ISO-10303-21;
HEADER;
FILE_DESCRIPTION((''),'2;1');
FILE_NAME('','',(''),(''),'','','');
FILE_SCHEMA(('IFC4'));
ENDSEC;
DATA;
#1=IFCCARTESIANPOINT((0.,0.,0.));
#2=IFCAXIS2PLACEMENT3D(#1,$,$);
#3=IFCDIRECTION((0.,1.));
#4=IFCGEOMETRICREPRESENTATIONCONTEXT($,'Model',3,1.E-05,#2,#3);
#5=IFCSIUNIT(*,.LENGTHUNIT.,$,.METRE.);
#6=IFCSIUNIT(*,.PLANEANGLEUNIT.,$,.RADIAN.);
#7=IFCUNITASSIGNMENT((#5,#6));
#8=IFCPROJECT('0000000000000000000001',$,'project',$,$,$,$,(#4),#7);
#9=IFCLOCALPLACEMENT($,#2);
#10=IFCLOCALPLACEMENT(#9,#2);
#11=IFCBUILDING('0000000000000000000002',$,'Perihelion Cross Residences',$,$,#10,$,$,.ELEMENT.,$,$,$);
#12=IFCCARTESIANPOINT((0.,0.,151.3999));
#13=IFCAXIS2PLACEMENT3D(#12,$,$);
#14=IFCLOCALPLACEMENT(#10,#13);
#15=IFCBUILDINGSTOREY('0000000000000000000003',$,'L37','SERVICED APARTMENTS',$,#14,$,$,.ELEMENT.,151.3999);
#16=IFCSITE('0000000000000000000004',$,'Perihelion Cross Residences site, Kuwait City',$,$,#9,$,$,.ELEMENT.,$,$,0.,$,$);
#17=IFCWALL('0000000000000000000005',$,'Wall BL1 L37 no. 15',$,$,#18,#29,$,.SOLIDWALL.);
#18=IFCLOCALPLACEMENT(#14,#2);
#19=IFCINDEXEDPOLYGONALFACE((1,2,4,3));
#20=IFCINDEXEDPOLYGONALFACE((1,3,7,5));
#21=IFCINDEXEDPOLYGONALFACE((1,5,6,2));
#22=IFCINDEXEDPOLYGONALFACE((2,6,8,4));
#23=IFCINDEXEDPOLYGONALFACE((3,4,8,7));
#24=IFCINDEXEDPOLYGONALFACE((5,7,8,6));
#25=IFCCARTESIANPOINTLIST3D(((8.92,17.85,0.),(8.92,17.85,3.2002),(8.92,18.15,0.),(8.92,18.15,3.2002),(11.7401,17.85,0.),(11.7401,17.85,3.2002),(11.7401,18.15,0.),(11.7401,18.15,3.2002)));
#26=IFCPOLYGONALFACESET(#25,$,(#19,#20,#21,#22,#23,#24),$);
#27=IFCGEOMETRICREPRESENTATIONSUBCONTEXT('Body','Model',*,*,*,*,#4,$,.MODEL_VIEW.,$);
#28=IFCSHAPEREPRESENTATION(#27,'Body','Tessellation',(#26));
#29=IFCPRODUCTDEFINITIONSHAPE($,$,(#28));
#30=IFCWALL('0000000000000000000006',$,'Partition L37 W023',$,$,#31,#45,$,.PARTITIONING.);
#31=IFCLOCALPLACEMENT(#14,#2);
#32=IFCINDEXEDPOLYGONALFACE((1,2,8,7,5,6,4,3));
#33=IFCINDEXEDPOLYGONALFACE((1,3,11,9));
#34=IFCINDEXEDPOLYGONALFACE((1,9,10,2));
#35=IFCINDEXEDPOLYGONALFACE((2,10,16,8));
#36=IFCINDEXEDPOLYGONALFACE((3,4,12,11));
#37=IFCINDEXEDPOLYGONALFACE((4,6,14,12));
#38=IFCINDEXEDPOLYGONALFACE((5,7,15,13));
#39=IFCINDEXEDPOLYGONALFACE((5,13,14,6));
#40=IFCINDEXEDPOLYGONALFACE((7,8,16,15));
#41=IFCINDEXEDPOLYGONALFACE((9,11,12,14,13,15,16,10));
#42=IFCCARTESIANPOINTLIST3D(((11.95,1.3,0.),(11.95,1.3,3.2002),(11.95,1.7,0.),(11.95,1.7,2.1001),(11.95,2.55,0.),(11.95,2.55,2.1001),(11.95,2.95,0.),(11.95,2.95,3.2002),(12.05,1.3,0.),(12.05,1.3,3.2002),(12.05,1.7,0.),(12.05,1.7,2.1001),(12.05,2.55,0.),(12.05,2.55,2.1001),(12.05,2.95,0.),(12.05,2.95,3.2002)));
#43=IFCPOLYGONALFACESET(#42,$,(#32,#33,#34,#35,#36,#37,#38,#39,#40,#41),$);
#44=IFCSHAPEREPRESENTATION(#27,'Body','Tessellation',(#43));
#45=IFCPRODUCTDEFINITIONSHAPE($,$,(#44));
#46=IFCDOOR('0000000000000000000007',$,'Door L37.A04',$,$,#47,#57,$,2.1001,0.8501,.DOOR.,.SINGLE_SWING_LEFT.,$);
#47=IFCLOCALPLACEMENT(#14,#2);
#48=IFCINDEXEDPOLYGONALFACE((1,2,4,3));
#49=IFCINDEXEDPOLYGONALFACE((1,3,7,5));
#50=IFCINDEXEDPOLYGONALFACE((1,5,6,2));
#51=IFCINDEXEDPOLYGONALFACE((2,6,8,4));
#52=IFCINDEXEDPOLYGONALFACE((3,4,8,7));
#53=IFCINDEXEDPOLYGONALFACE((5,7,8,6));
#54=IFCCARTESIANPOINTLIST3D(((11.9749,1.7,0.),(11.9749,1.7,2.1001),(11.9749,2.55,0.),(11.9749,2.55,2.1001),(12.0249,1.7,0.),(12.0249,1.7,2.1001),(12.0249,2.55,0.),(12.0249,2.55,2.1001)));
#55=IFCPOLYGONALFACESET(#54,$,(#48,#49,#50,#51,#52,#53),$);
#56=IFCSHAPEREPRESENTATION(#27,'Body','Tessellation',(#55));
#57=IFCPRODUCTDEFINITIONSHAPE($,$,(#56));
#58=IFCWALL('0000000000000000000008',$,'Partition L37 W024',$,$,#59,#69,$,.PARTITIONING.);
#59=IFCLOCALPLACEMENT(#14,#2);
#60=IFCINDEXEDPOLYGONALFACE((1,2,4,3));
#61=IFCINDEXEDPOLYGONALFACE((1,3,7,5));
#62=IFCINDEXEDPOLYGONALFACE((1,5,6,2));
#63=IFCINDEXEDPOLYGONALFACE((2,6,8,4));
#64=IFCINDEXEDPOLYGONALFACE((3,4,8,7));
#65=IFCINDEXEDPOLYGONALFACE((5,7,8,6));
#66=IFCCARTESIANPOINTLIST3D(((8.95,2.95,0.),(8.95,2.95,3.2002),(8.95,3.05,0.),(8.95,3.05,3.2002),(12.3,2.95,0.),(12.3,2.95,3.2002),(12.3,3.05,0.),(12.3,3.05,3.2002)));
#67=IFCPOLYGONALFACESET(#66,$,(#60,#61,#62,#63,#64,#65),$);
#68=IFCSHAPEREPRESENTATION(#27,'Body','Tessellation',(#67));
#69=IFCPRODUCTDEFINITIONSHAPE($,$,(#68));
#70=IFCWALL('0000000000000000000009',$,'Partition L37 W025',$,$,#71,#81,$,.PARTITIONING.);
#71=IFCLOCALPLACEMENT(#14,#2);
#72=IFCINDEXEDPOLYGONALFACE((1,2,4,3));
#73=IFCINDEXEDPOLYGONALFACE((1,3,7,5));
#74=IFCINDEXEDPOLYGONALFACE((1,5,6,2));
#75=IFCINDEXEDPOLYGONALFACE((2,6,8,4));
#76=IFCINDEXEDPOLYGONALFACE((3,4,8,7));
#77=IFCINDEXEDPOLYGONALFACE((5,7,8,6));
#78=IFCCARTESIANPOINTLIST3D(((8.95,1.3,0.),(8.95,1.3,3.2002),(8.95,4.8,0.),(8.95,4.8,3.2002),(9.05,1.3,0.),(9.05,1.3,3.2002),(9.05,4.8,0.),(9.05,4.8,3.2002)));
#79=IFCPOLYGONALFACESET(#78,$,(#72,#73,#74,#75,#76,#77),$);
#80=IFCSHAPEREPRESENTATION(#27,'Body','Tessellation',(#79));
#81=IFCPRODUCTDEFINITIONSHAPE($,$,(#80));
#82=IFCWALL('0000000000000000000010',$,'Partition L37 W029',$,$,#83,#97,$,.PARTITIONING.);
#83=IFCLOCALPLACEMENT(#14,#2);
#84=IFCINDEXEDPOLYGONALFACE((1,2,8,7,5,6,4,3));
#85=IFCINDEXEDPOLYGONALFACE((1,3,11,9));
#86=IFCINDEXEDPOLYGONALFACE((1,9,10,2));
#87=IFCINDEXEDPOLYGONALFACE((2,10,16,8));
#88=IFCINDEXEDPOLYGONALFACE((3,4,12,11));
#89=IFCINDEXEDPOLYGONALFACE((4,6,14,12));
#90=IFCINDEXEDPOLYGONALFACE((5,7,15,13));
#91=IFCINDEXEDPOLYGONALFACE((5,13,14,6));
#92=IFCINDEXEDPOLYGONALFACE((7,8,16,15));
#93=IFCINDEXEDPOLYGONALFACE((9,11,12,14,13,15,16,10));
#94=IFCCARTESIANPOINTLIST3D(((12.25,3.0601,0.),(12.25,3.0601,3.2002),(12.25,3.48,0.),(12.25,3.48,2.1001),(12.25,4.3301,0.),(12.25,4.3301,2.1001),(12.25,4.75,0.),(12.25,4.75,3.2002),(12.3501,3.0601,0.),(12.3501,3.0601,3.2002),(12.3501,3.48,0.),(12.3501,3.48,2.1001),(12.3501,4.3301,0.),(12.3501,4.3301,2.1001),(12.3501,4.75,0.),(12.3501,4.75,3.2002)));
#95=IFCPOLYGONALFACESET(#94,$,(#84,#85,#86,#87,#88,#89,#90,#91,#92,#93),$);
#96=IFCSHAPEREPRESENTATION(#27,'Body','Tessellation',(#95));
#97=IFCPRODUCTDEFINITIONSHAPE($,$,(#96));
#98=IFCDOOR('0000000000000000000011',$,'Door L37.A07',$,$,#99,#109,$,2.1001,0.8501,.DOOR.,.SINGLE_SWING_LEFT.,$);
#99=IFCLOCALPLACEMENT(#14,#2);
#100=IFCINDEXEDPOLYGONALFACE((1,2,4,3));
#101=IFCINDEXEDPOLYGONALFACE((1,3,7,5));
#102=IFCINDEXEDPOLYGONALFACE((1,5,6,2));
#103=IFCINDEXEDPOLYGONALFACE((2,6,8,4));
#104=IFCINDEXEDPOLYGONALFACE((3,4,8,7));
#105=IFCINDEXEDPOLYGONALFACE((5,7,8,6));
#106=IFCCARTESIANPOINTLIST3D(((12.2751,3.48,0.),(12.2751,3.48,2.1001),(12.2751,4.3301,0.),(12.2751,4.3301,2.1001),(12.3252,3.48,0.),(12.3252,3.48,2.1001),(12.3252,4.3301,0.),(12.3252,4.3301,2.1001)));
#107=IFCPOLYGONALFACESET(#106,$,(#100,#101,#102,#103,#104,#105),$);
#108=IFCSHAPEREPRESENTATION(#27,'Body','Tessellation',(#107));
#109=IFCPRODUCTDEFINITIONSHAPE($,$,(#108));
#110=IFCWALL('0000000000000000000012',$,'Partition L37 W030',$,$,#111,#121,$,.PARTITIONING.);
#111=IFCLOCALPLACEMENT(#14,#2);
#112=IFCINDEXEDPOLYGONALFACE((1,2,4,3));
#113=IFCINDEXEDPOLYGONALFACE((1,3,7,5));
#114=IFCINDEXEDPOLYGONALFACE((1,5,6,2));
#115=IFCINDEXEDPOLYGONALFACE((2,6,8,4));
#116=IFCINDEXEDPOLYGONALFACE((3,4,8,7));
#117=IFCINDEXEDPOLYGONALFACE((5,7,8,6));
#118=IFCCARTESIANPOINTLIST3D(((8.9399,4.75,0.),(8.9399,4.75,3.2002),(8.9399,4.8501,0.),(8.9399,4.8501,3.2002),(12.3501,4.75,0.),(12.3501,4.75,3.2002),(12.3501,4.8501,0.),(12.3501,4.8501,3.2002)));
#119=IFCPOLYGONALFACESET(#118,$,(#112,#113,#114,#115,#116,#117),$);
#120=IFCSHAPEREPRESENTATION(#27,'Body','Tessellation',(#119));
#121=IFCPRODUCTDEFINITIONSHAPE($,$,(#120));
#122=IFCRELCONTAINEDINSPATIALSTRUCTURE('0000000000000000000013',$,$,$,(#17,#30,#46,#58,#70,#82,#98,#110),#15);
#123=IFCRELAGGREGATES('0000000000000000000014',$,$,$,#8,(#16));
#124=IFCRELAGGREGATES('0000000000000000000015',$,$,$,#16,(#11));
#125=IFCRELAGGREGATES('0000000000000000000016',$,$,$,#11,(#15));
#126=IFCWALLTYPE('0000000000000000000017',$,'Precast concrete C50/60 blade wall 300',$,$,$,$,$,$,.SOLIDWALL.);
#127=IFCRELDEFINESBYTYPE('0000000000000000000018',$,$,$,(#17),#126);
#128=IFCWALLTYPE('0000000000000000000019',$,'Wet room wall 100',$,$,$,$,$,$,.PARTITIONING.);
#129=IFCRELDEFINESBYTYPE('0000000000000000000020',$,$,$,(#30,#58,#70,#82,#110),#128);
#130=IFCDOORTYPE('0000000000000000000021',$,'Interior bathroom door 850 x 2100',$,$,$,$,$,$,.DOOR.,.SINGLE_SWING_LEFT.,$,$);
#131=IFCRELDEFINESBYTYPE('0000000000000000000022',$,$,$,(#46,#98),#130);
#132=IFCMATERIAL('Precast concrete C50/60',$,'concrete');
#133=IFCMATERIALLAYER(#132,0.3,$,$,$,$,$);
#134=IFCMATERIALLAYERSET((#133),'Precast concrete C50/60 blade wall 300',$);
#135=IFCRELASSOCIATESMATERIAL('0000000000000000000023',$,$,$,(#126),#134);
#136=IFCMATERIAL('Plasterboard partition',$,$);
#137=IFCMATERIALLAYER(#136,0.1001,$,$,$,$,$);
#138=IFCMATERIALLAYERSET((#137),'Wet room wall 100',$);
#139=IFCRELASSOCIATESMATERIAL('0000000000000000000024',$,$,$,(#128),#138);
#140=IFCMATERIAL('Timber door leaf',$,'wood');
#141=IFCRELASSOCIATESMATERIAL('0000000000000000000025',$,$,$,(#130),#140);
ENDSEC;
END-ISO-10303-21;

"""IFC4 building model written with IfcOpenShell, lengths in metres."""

from ifc_helpers import new_model, si_unit, direction, frame, frame_2d, origin, place, context, subcontext, project, spatial, rectangle, extrude, material, layer, layer_set, type_object, element, fill, save


model = new_model("IFC4")

# Units and contexts
model_context = context("Model", 3, precision=1e-05, world=origin(), true_north=direction((0.0, 1.0)))
body_context = subcontext(model_context, "Body", "Model", "MODEL_VIEW")
ifc_project = project(units=[si_unit("LENGTHUNIT", "METRE"), si_unit("PLANEANGLEUNIT", "RADIAN")], contexts=[model_context])

# Site, building, storey
site_placement = place(None, origin())
site = spatial("IfcSite", under=ifc_project, at=site_placement, Name="Perihelion Cross Residences site, Kuwait City", CompositionType="ELEMENT", RefElevation=0.0)
building_placement = place(site_placement, origin())
building = spatial("IfcBuilding", under=site, at=building_placement, Name="Perihelion Cross Residences", CompositionType="ELEMENT")
storey_placement = place(building_placement, frame((0.0, 0.0, 151.3999)))
storey = spatial("IfcBuildingStorey", under=building, at=storey_placement, Name="L37", Description="SERVICED APARTMENTS", CompositionType="ELEMENT", Elevation=151.3999)

# Wall
ifc_material_1 = material(Name="Precast concrete C50/60", Category="concrete")
ifc_layer_1 = layer(ifc_material_1, 0.3)
ifc_layer_set_1 = layer_set([ifc_layer_1], Name="Precast concrete C50/60 blade wall 300")
wall_type_1 = type_object("IfcWallType", Name="Precast concrete C50/60 blade wall 300", PredefinedType="SOLIDWALL", material=ifc_layer_set_1)
wall_1_placement = place(storey_placement, frame((8.9199, 18.0, 0.0), z_axis=(0.0, 0.0, 1.0), x_axis=(1.0, 0.0, 0.0)))
element("IfcWall", 1, at=wall_1_placement, inside=storey, type_object=wall_type_1, Name="Wall BL1 L37 no. 15", PredefinedType="SOLIDWALL", context=body_context, shape_type="SweptSolid", body=[
    extrude(rectangle(XDim=2.8201, YDim=0.3, at=frame_2d((1.4102, 0.0))), origin(), (0.0, 0.0, 1.0), 3.2002),
])

# Wall, opening, door
ifc_material_2 = material(Name="Plasterboard partition")
ifc_layer_2 = layer(ifc_material_2, 0.1001)
ifc_layer_set_2 = layer_set([ifc_layer_2], Name="Wet room wall 100")
wall_type_2 = type_object("IfcWallType", Name="Wet room wall 100", PredefinedType="PARTITIONING", material=ifc_layer_set_2)
wall_2_placement = place(storey_placement, frame((12.0, 2.95, 0.0), z_axis=(0.0, 0.0, 1.0), x_axis=(0.0, -1.0, 0.0)))
wall_2 = element("IfcWall", 2, at=wall_2_placement, inside=storey, type_object=wall_type_2, Name="Partition L37 W023", PredefinedType="PARTITIONING", context=body_context, shape_type="SweptSolid", body=[
    extrude(rectangle(XDim=1.6499, YDim=0.1001, at=frame_2d((0.825, 0.0))), origin(), (0.0, 0.0, 1.0), 3.2002),
])
opening_1_placement = place(wall_2_placement, frame((0.3999, 0.0, 0.0)))
opening_1 = element("IfcOpeningElement", 3, at=opening_1_placement, cuts=wall_2, PredefinedType="OPENING", context=body_context, shape_type="SweptSolid", body=[
    extrude(rectangle(XDim=0.8501, YDim=2.1001, at=frame_2d((0.425, 1.05))), frame((0.0, 0.0601, 0.0), z_axis=(0.0, -1.0, 0.0), x_axis=(1.0, 0.0, 0.0)), (0.0, 0.0, 1.0), 0.1201),
])
ifc_material_3 = material(Name="Timber door leaf", Category="wood")
door_type_1 = type_object("IfcDoorType", Name="Interior bathroom door 850 x 2100", OperationType="SINGLE_SWING_LEFT", PredefinedType="DOOR", material=ifc_material_3)
door_1_placement = place(opening_1_placement, origin())
door_1 = element("IfcDoor", 4, at=door_1_placement, inside=storey, type_object=door_type_1, Name="Door L37.A04", OperationType="SINGLE_SWING_LEFT", OverallHeight=2.1001, OverallWidth=0.8501, PredefinedType="DOOR", context=body_context, shape_type="SweptSolid", body=[
    extrude(rectangle(XDim=0.8501, YDim=2.1001, at=frame_2d((0.425, 1.05))), frame((0.0, 0.0249, 0.0), z_axis=(0.0, -1.0, 0.0), x_axis=(1.0, 0.0, 0.0)), (0.0, 0.0, 1.0), 0.05),
])
fill(opening_1, door_1)

# Walls
wall_3_placement = place(storey_placement, frame((8.95, 3.0, 0.0), z_axis=(0.0, 0.0, 1.0), x_axis=(1.0, 0.0, 0.0)))
element("IfcWall", 5, at=wall_3_placement, inside=storey, type_object=wall_type_2, Name="Partition L37 W024", PredefinedType="PARTITIONING", context=body_context, shape_type="SweptSolid", body=[
    extrude(rectangle(XDim=3.3501, YDim=0.1001, at=frame_2d((1.675, 0.0))), origin(), (0.0, 0.0, 1.0), 3.2002),
])
wall_4_placement = place(storey_placement, frame((9.0, 1.3, 0.0), z_axis=(0.0, 0.0, 1.0), x_axis=(0.0, 1.0, 0.0)))
element("IfcWall", 6, at=wall_4_placement, inside=storey, type_object=wall_type_2, Name="Partition L37 W025", PredefinedType="PARTITIONING", context=body_context, shape_type="SweptSolid", body=[
    extrude(rectangle(XDim=3.5, YDim=0.1001, at=frame_2d((1.75, 0.0))), origin(), (0.0, 0.0, 1.0), 3.2002),
])

# Wall, opening, door
wall_5_placement = place(storey_placement, frame((12.3, 3.0601, 0.0), z_axis=(0.0, 0.0, 1.0), x_axis=(0.0, 1.0, 0.0)))
wall_5 = element("IfcWall", 7, at=wall_5_placement, inside=storey, type_object=wall_type_2, Name="Partition L37 W029", PredefinedType="PARTITIONING", context=body_context, shape_type="SweptSolid", body=[
    extrude(rectangle(XDim=1.6899, YDim=0.1001, at=frame_2d((0.845, 0.0))), origin(), (0.0, 0.0, 1.0), 3.2002),
])
opening_2_placement = place(wall_5_placement, frame((0.4199, 0.0, 0.0)))
opening_2 = element("IfcOpeningElement", 8, at=opening_2_placement, cuts=wall_5, PredefinedType="OPENING", context=body_context, shape_type="SweptSolid", body=[
    extrude(rectangle(XDim=0.8501, YDim=2.1001, at=frame_2d((0.425, 1.05))), frame((0.0, 0.0601, 0.0), z_axis=(0.0, -1.0, 0.0), x_axis=(1.0, 0.0, 0.0)), (0.0, 0.0, 1.0), 0.1201),
])
door_2_placement = place(opening_2_placement, origin())
door_2 = element("IfcDoor", 9, at=door_2_placement, inside=storey, type_object=door_type_1, Name="Door L37.A07", OperationType="SINGLE_SWING_LEFT", OverallHeight=2.1001, OverallWidth=0.8501, PredefinedType="DOOR", context=body_context, shape_type="SweptSolid", body=[
    extrude(rectangle(XDim=0.8501, YDim=2.1001, at=frame_2d((0.425, 1.05))), frame((0.0, 0.0249, 0.0), z_axis=(0.0, -1.0, 0.0), x_axis=(1.0, 0.0, 0.0)), (0.0, 0.0, 1.0), 0.05),
])
fill(opening_2, door_2)

# Wall
wall_6_placement = place(storey_placement, frame((12.3501, 4.8, 0.0), z_axis=(0.0, 0.0, 1.0), x_axis=(-1.0, 0.0, 0.0)))
element("IfcWall", 10, at=wall_6_placement, inside=storey, type_object=wall_type_2, Name="Partition L37 W030", PredefinedType="PARTITIONING", context=body_context, shape_type="SweptSolid", body=[
    extrude(rectangle(XDim=3.4102, YDim=0.1001, at=frame_2d((1.7051, 0.0))), origin(), (0.0, 0.0, 1.0), 3.2002),
])

save(model, "model.ifc")
